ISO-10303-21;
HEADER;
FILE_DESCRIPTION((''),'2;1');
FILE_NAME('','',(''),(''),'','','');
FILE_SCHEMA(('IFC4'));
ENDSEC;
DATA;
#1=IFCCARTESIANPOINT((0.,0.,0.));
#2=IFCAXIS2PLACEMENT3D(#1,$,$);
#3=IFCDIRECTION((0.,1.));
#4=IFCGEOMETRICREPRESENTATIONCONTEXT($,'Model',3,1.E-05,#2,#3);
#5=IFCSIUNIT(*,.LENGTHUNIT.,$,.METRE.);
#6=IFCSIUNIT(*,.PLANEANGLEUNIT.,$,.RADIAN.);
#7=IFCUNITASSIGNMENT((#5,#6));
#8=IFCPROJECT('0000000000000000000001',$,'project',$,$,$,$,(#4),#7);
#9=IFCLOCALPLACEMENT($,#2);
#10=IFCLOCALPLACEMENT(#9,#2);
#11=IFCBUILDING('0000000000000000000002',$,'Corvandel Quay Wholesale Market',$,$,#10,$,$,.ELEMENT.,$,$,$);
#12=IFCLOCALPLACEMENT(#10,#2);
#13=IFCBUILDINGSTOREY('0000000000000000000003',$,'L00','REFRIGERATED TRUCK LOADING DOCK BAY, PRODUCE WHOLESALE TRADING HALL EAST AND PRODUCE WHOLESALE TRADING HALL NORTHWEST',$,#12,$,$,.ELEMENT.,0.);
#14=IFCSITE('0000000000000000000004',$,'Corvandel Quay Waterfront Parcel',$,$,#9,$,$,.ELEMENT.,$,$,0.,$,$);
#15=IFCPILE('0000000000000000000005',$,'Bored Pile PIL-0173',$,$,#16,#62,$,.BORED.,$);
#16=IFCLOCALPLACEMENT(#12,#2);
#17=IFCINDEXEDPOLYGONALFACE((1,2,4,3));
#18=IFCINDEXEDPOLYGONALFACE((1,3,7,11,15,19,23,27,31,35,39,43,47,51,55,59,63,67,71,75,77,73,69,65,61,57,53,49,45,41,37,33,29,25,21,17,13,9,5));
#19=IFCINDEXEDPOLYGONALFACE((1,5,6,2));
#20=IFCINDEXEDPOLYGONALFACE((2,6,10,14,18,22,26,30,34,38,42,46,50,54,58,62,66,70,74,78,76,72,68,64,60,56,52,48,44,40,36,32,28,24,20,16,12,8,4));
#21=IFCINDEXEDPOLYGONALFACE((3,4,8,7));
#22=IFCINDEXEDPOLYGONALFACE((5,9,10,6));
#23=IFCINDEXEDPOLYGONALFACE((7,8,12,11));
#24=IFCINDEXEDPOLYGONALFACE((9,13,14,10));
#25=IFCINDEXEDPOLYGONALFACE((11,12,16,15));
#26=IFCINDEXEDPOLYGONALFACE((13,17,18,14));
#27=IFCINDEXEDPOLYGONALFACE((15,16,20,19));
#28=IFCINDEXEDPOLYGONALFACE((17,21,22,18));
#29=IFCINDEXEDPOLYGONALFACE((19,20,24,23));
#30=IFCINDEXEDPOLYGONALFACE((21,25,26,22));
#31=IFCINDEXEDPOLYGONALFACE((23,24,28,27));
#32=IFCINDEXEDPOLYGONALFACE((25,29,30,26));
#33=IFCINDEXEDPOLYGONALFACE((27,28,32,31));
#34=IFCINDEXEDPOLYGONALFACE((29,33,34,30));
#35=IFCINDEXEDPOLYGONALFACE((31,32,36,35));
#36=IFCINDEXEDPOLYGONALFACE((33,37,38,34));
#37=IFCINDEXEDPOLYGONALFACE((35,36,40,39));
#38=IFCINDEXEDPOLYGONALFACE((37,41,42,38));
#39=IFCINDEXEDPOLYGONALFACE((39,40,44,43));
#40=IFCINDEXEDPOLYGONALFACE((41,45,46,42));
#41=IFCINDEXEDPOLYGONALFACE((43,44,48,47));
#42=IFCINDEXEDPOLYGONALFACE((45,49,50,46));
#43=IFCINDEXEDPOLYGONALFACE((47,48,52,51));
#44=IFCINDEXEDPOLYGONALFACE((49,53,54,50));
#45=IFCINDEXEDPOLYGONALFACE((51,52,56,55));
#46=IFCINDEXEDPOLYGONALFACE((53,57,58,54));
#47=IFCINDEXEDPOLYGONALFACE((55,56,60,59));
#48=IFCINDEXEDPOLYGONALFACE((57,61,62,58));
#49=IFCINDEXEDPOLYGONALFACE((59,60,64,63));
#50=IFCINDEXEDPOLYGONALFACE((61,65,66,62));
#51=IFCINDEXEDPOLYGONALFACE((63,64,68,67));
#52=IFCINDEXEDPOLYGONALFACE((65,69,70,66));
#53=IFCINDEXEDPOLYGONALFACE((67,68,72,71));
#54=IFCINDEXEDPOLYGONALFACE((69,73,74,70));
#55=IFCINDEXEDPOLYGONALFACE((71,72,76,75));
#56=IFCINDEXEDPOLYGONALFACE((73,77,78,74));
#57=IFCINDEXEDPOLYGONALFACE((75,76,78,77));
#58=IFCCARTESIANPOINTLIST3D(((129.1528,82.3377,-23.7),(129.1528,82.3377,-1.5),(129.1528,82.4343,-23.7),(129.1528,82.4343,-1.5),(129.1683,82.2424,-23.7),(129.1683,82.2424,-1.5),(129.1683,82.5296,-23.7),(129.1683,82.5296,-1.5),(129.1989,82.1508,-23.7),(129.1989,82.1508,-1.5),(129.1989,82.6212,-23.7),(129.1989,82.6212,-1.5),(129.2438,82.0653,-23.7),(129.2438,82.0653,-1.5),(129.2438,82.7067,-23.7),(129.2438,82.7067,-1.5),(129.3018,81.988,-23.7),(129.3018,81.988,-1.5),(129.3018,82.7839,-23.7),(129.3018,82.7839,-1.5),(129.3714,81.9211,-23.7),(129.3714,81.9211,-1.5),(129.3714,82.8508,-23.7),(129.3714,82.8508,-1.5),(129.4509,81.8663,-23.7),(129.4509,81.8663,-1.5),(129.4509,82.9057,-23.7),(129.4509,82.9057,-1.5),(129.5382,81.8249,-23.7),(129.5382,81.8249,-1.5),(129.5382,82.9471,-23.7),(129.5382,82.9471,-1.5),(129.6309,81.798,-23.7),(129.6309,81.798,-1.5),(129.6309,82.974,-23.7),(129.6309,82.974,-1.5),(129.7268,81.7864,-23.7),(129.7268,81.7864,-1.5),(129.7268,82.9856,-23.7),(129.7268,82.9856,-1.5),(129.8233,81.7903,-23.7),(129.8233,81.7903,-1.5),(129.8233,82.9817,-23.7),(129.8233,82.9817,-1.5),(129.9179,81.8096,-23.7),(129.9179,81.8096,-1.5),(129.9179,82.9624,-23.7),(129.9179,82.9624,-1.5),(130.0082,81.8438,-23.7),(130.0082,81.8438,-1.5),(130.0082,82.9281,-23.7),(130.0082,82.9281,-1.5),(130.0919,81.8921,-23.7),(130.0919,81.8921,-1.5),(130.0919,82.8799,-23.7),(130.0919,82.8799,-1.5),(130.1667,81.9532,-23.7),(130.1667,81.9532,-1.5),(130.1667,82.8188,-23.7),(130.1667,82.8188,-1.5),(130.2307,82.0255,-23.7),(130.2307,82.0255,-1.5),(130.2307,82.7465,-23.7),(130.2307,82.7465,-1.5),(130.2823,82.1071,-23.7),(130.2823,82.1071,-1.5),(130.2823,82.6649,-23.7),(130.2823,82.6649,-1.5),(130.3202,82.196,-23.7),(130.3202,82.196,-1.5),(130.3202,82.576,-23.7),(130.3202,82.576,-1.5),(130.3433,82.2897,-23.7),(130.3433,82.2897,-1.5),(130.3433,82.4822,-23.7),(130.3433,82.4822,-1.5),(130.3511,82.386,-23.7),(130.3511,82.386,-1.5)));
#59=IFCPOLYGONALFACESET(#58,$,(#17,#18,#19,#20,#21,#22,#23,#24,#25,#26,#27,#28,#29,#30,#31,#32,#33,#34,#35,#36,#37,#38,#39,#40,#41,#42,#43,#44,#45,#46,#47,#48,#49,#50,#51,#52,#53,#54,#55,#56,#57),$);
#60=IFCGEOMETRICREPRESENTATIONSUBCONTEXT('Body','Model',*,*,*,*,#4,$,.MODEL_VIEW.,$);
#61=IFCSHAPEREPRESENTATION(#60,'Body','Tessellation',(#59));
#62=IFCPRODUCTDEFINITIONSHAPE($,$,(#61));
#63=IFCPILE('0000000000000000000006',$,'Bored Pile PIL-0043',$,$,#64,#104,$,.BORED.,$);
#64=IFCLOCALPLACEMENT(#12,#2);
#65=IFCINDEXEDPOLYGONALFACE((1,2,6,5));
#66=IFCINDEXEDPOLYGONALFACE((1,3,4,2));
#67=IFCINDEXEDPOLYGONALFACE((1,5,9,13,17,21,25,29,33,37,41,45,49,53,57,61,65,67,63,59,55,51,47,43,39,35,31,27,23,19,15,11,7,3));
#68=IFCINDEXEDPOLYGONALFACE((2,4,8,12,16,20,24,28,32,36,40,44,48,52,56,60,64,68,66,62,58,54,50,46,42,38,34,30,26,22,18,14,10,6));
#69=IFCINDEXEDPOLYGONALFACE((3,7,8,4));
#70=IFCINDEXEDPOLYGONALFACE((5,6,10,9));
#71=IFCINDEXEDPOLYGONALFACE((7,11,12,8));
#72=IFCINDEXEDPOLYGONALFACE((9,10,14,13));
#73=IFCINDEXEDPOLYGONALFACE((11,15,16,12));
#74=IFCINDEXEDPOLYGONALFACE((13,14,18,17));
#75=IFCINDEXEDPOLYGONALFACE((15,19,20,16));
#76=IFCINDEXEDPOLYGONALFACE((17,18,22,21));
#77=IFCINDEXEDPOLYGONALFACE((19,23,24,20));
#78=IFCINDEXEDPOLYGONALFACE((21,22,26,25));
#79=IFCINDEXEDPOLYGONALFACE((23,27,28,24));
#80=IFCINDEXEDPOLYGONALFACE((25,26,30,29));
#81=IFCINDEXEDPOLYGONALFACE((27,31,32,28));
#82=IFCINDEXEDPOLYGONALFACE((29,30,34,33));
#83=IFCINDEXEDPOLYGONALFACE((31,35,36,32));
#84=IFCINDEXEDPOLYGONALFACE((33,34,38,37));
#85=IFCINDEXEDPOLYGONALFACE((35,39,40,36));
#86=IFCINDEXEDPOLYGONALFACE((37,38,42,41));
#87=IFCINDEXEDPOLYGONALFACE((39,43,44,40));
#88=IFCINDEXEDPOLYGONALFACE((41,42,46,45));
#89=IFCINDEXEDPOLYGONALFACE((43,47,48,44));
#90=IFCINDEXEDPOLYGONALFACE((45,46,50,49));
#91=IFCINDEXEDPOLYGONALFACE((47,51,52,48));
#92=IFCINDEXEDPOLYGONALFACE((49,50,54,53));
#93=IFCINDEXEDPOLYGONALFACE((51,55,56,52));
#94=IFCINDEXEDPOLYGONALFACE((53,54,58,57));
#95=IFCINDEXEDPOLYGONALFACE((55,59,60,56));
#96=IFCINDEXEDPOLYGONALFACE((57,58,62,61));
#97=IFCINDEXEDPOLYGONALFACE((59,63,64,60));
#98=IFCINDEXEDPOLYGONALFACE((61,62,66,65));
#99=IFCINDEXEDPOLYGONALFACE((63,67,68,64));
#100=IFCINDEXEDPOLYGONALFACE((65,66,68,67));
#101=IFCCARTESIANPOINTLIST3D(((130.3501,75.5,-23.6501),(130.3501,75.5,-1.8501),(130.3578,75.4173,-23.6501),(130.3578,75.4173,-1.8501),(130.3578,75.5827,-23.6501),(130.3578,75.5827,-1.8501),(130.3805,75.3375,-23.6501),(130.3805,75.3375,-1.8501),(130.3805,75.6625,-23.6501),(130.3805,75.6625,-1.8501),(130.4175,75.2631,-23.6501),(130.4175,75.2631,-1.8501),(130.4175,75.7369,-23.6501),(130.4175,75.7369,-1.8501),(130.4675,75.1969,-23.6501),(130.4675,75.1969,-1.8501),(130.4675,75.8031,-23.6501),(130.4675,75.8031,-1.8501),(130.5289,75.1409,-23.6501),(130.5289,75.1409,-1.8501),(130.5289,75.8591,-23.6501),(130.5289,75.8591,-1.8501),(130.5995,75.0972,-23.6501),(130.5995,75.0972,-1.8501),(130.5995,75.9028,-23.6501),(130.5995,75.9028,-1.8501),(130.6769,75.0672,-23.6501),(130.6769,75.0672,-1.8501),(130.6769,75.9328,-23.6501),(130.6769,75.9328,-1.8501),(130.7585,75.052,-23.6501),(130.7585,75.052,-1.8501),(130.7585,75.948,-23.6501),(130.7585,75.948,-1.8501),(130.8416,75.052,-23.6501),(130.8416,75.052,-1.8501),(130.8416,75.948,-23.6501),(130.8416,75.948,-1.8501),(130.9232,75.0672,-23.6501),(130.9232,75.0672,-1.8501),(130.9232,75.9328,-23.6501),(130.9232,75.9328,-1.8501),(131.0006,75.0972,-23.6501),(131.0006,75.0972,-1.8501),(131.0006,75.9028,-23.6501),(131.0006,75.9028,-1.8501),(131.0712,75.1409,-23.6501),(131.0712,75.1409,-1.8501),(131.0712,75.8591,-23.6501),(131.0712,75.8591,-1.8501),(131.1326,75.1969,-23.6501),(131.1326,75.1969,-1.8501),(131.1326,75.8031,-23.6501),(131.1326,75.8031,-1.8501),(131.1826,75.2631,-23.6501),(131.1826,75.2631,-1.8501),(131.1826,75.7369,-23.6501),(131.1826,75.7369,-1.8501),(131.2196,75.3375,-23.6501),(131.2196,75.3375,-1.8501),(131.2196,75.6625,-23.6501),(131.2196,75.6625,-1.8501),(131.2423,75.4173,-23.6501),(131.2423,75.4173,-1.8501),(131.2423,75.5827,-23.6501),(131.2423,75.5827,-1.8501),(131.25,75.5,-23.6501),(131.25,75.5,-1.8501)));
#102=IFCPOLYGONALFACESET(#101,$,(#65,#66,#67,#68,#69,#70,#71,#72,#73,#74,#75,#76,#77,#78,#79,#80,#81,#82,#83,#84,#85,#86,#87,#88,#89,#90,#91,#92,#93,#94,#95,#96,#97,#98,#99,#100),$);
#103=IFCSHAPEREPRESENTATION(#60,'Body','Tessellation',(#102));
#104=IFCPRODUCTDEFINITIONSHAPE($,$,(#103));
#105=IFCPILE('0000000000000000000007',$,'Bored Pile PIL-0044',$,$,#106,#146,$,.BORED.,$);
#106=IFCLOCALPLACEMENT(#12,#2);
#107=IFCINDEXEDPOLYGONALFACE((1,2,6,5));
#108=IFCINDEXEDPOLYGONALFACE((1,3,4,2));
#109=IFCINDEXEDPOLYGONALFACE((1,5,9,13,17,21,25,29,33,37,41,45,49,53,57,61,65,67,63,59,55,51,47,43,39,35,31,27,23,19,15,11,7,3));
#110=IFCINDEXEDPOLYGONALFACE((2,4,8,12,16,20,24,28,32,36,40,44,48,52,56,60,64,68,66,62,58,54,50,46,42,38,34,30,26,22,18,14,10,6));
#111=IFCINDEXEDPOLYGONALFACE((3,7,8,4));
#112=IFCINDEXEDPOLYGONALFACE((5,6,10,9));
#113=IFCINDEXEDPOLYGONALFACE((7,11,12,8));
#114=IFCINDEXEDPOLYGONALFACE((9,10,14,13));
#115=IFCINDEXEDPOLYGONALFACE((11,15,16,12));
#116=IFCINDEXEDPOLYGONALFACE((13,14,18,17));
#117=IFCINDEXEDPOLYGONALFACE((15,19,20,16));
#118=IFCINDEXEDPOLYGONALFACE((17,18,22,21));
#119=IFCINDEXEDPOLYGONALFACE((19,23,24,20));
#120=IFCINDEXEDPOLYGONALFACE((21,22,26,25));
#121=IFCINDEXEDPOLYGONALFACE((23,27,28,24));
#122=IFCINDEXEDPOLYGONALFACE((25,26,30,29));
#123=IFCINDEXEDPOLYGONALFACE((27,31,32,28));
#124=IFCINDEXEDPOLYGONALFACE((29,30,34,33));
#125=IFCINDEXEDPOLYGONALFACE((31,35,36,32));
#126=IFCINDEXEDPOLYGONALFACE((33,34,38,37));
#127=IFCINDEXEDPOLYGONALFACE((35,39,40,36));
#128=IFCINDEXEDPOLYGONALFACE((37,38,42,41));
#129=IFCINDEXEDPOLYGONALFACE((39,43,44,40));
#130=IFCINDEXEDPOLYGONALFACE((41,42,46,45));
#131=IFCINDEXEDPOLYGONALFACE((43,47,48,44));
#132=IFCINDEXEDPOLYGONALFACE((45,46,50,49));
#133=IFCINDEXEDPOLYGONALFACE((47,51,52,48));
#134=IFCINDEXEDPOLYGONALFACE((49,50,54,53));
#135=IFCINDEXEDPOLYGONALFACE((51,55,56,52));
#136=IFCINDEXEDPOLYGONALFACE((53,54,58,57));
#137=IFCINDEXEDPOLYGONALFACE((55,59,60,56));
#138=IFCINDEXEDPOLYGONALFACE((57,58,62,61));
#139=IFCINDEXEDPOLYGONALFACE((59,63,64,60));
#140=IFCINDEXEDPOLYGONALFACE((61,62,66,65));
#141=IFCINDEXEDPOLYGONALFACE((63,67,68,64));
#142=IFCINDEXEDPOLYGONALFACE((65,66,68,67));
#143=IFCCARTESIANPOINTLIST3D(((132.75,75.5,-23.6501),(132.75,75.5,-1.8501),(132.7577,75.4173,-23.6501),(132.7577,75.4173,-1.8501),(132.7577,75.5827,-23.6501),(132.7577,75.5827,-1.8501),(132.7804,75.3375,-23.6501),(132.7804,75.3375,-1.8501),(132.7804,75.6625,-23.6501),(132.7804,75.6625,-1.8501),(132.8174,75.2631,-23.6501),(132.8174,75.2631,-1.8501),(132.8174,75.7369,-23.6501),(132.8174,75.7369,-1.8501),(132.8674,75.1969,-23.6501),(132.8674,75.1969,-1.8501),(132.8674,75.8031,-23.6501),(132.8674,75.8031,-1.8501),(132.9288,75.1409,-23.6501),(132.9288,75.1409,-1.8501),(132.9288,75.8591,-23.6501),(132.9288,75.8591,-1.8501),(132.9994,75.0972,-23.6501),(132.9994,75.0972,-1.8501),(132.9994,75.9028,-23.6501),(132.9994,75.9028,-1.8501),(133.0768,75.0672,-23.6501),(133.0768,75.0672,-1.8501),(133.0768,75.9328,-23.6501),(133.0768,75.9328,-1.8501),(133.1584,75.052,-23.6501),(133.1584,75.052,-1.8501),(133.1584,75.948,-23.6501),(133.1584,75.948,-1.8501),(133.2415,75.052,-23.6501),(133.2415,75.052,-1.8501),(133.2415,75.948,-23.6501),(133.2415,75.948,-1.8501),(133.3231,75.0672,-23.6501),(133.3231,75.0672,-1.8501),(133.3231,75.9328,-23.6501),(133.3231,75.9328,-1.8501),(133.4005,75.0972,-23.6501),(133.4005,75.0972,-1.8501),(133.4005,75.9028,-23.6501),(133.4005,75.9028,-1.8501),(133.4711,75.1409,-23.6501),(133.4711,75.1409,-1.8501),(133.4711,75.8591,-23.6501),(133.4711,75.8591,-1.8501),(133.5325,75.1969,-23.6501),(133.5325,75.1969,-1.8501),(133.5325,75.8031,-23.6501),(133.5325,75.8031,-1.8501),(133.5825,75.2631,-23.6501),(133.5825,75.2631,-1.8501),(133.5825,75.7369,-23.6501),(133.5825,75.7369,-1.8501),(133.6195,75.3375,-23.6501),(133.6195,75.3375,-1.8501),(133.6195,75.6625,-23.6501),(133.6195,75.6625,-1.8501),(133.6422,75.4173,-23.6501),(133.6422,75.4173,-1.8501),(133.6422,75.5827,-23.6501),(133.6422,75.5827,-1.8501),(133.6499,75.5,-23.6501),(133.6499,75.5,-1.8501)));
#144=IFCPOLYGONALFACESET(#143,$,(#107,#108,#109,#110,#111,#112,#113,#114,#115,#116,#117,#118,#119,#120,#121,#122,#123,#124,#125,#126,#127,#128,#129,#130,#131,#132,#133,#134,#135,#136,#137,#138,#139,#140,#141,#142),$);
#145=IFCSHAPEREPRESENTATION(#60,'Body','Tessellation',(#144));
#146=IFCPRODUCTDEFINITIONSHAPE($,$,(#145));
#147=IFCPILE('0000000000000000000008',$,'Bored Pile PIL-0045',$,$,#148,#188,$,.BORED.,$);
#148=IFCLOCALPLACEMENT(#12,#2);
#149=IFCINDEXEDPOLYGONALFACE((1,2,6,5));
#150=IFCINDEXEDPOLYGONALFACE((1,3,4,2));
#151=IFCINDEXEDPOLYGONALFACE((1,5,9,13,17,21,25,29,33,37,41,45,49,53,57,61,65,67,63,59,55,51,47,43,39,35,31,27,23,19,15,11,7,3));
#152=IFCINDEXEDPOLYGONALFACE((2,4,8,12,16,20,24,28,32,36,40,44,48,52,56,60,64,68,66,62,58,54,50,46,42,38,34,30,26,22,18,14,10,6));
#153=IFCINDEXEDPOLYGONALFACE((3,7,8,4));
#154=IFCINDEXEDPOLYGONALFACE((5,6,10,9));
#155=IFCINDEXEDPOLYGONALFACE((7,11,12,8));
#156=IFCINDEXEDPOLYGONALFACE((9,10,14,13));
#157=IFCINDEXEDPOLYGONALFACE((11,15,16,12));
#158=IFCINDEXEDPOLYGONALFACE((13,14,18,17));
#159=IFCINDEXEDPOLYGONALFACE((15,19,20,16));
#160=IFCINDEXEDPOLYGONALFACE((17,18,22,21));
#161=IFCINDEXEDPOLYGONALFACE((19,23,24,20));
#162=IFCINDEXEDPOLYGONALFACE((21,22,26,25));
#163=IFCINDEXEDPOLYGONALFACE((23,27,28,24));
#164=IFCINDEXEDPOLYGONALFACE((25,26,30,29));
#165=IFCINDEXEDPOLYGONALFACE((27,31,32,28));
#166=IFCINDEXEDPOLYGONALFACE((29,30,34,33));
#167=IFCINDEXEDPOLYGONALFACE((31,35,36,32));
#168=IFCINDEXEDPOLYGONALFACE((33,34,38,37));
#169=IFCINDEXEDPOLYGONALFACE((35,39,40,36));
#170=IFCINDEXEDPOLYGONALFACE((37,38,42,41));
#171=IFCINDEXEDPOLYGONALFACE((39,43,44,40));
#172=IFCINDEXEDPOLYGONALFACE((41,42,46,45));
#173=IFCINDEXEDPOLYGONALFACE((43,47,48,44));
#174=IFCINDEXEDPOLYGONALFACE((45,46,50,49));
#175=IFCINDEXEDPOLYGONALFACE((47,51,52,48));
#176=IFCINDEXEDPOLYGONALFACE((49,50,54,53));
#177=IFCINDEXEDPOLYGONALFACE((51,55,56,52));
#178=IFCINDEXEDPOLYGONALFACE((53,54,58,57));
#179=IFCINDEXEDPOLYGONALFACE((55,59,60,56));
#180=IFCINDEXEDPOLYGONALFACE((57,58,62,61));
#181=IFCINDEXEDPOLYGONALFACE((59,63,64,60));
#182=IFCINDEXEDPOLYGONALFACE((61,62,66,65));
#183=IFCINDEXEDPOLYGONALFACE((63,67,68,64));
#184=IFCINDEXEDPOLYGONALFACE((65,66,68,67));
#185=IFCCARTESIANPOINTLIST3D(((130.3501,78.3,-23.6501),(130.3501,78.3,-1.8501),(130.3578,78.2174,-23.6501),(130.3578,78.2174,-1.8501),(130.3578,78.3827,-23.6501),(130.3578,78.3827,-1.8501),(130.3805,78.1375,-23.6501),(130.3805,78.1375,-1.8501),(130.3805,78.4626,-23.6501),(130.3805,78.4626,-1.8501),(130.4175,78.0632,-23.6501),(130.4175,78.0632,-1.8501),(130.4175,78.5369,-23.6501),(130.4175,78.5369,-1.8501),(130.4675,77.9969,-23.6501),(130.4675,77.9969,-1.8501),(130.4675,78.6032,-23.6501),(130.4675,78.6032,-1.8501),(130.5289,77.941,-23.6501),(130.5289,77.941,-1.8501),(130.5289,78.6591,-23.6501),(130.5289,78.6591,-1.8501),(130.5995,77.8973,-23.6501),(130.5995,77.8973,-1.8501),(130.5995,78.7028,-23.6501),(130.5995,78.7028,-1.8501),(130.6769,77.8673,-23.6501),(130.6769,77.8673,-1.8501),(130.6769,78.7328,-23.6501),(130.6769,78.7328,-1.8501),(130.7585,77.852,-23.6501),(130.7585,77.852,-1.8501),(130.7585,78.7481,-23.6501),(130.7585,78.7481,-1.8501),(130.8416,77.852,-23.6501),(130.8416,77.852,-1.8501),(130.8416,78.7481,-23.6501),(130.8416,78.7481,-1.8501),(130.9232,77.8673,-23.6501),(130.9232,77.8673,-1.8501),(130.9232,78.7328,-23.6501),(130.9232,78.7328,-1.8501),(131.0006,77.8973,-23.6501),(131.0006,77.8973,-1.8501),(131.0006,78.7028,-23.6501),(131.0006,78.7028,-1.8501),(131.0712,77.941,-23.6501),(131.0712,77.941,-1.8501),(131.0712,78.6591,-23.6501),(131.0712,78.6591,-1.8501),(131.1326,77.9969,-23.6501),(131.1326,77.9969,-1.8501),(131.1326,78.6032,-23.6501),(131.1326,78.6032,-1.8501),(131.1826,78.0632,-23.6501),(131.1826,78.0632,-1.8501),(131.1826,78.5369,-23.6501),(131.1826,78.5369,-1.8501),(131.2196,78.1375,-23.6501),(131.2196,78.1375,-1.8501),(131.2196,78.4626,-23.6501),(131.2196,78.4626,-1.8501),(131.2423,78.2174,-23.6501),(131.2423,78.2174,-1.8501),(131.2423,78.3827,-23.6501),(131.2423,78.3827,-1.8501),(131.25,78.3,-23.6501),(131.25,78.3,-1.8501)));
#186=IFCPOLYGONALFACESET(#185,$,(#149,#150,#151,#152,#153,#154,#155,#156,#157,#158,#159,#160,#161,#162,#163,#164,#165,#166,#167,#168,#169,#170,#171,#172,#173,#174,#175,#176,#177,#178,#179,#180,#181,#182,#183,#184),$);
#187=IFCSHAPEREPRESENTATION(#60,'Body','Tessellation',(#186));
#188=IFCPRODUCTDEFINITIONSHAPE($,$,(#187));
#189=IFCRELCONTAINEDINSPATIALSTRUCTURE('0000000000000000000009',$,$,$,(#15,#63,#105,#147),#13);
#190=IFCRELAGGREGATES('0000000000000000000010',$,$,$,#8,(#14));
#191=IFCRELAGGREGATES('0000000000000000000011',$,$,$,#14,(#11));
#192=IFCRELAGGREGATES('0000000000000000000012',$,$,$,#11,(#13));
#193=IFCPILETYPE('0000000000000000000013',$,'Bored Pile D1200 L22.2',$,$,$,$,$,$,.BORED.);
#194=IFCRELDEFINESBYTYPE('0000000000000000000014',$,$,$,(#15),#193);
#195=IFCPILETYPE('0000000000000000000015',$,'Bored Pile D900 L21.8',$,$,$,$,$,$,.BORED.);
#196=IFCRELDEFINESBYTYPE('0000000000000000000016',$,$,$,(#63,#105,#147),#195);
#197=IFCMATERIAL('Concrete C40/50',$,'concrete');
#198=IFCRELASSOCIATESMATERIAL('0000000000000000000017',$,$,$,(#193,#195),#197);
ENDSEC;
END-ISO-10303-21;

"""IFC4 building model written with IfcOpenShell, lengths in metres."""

from ifc_helpers import new_model, si_unit, direction, frame, origin, origin_2d, place, context, subcontext, project, spatial, circle, extrude, material, material_profile, profile_set, type_object, element, save


model = new_model("IFC4")

# Units and contexts
model_context = context("Model", 3, precision=1e-05, world=origin(), true_north=direction((0.0, 1.0)))
body_context = subcontext(model_context, "Body", "Model", "MODEL_VIEW")
ifc_project = project(units=[si_unit("LENGTHUNIT", "METRE"), si_unit("PLANEANGLEUNIT", "RADIAN")], contexts=[model_context])

# Site, building, storey
site_placement = place(None, origin())
site = spatial("IfcSite", under=ifc_project, at=site_placement, Name="Corvandel Quay Waterfront Parcel", CompositionType="ELEMENT", RefElevation=0.0)
building_placement = place(site_placement, origin())
building = spatial("IfcBuilding", under=site, at=building_placement, Name="Corvandel Quay Wholesale Market", CompositionType="ELEMENT")
storey_placement = place(building_placement, origin())
storey = spatial("IfcBuildingStorey", under=building, at=storey_placement, Name="L00", Description="REFRIGERATED TRUCK LOADING DOCK BAY, PRODUCE WHOLESALE TRADING HALL EAST AND PRODUCE WHOLESALE TRADING HALL NORTHWEST", CompositionType="ELEMENT", Elevation=0.0)

# Piles
ifc_material_1 = material(Name="Concrete C40/50", Category="concrete")
ifc_material_profile_1 = material_profile(ifc_material_1, circle(Radius=0.6001, at=origin_2d()), Name="RC-PILE-D1200")
ifc_profile_set_1 = profile_set([ifc_material_profile_1], Name="Concrete C40/50")
pile_type_1 = type_object("IfcPileType", Name="Bored Pile D1200 L22.2", PredefinedType="BORED", material=ifc_profile_set_1)
pile_placement = place(storey_placement, frame((129.751, 82.386, -1.5), z_axis=(0.0, 0.0, -1.0), x_axis=(1.0, 0.0, 0.0)))
element("IfcPile", 1, at=pile_placement, inside=storey, type_object=pile_type_1, Name="Bored Pile PIL-0173", PredefinedType="BORED", context=body_context, shape_type="SweptSolid", body=[
    extrude(circle(Radius=0.6001, at=origin_2d()), origin(), (0.0, 0.0, 1.0), 22.2),
])
ifc_material_profile_2 = material_profile(ifc_material_1, circle(Radius=0.45, at=origin_2d()), Name="RC-PILE-D900")
ifc_profile_set_2 = profile_set([ifc_material_profile_2], Name="Concrete C40/50")
pile_type_2 = type_object("IfcPileType", Name="Bored Pile D900 L21.8", PredefinedType="BORED", material=ifc_profile_set_2)
for number, where, z_axis, x_axis, name in (
    (2, (130.8, 75.5, -1.8501), (0.0, 0.0, -1.0), (1.0, 0.0, 0.0), "Bored Pile PIL-0043"),
    (3, (133.2, 75.5, -1.8501), (0.0, 0.0, -1.0), (1.0, 0.0, 0.0), "Bored Pile PIL-0044"),
    (4, (130.8, 78.3, -1.8501), (0.0, 0.0, -1.0), (1.0, 0.0, 0.0), "Bored Pile PIL-0045"),
):
    element("IfcPile", number, at=place(storey_placement, frame(where, z_axis=z_axis, x_axis=x_axis)), inside=storey, type_object=pile_type_2, Name=name, PredefinedType="BORED", context=body_context, shape_type="SweptSolid", body=[
        extrude(circle(Radius=0.45, at=origin_2d()), origin(), (0.0, 0.0, 1.0), 21.8),
    ])

save(model, "model.ifc")
